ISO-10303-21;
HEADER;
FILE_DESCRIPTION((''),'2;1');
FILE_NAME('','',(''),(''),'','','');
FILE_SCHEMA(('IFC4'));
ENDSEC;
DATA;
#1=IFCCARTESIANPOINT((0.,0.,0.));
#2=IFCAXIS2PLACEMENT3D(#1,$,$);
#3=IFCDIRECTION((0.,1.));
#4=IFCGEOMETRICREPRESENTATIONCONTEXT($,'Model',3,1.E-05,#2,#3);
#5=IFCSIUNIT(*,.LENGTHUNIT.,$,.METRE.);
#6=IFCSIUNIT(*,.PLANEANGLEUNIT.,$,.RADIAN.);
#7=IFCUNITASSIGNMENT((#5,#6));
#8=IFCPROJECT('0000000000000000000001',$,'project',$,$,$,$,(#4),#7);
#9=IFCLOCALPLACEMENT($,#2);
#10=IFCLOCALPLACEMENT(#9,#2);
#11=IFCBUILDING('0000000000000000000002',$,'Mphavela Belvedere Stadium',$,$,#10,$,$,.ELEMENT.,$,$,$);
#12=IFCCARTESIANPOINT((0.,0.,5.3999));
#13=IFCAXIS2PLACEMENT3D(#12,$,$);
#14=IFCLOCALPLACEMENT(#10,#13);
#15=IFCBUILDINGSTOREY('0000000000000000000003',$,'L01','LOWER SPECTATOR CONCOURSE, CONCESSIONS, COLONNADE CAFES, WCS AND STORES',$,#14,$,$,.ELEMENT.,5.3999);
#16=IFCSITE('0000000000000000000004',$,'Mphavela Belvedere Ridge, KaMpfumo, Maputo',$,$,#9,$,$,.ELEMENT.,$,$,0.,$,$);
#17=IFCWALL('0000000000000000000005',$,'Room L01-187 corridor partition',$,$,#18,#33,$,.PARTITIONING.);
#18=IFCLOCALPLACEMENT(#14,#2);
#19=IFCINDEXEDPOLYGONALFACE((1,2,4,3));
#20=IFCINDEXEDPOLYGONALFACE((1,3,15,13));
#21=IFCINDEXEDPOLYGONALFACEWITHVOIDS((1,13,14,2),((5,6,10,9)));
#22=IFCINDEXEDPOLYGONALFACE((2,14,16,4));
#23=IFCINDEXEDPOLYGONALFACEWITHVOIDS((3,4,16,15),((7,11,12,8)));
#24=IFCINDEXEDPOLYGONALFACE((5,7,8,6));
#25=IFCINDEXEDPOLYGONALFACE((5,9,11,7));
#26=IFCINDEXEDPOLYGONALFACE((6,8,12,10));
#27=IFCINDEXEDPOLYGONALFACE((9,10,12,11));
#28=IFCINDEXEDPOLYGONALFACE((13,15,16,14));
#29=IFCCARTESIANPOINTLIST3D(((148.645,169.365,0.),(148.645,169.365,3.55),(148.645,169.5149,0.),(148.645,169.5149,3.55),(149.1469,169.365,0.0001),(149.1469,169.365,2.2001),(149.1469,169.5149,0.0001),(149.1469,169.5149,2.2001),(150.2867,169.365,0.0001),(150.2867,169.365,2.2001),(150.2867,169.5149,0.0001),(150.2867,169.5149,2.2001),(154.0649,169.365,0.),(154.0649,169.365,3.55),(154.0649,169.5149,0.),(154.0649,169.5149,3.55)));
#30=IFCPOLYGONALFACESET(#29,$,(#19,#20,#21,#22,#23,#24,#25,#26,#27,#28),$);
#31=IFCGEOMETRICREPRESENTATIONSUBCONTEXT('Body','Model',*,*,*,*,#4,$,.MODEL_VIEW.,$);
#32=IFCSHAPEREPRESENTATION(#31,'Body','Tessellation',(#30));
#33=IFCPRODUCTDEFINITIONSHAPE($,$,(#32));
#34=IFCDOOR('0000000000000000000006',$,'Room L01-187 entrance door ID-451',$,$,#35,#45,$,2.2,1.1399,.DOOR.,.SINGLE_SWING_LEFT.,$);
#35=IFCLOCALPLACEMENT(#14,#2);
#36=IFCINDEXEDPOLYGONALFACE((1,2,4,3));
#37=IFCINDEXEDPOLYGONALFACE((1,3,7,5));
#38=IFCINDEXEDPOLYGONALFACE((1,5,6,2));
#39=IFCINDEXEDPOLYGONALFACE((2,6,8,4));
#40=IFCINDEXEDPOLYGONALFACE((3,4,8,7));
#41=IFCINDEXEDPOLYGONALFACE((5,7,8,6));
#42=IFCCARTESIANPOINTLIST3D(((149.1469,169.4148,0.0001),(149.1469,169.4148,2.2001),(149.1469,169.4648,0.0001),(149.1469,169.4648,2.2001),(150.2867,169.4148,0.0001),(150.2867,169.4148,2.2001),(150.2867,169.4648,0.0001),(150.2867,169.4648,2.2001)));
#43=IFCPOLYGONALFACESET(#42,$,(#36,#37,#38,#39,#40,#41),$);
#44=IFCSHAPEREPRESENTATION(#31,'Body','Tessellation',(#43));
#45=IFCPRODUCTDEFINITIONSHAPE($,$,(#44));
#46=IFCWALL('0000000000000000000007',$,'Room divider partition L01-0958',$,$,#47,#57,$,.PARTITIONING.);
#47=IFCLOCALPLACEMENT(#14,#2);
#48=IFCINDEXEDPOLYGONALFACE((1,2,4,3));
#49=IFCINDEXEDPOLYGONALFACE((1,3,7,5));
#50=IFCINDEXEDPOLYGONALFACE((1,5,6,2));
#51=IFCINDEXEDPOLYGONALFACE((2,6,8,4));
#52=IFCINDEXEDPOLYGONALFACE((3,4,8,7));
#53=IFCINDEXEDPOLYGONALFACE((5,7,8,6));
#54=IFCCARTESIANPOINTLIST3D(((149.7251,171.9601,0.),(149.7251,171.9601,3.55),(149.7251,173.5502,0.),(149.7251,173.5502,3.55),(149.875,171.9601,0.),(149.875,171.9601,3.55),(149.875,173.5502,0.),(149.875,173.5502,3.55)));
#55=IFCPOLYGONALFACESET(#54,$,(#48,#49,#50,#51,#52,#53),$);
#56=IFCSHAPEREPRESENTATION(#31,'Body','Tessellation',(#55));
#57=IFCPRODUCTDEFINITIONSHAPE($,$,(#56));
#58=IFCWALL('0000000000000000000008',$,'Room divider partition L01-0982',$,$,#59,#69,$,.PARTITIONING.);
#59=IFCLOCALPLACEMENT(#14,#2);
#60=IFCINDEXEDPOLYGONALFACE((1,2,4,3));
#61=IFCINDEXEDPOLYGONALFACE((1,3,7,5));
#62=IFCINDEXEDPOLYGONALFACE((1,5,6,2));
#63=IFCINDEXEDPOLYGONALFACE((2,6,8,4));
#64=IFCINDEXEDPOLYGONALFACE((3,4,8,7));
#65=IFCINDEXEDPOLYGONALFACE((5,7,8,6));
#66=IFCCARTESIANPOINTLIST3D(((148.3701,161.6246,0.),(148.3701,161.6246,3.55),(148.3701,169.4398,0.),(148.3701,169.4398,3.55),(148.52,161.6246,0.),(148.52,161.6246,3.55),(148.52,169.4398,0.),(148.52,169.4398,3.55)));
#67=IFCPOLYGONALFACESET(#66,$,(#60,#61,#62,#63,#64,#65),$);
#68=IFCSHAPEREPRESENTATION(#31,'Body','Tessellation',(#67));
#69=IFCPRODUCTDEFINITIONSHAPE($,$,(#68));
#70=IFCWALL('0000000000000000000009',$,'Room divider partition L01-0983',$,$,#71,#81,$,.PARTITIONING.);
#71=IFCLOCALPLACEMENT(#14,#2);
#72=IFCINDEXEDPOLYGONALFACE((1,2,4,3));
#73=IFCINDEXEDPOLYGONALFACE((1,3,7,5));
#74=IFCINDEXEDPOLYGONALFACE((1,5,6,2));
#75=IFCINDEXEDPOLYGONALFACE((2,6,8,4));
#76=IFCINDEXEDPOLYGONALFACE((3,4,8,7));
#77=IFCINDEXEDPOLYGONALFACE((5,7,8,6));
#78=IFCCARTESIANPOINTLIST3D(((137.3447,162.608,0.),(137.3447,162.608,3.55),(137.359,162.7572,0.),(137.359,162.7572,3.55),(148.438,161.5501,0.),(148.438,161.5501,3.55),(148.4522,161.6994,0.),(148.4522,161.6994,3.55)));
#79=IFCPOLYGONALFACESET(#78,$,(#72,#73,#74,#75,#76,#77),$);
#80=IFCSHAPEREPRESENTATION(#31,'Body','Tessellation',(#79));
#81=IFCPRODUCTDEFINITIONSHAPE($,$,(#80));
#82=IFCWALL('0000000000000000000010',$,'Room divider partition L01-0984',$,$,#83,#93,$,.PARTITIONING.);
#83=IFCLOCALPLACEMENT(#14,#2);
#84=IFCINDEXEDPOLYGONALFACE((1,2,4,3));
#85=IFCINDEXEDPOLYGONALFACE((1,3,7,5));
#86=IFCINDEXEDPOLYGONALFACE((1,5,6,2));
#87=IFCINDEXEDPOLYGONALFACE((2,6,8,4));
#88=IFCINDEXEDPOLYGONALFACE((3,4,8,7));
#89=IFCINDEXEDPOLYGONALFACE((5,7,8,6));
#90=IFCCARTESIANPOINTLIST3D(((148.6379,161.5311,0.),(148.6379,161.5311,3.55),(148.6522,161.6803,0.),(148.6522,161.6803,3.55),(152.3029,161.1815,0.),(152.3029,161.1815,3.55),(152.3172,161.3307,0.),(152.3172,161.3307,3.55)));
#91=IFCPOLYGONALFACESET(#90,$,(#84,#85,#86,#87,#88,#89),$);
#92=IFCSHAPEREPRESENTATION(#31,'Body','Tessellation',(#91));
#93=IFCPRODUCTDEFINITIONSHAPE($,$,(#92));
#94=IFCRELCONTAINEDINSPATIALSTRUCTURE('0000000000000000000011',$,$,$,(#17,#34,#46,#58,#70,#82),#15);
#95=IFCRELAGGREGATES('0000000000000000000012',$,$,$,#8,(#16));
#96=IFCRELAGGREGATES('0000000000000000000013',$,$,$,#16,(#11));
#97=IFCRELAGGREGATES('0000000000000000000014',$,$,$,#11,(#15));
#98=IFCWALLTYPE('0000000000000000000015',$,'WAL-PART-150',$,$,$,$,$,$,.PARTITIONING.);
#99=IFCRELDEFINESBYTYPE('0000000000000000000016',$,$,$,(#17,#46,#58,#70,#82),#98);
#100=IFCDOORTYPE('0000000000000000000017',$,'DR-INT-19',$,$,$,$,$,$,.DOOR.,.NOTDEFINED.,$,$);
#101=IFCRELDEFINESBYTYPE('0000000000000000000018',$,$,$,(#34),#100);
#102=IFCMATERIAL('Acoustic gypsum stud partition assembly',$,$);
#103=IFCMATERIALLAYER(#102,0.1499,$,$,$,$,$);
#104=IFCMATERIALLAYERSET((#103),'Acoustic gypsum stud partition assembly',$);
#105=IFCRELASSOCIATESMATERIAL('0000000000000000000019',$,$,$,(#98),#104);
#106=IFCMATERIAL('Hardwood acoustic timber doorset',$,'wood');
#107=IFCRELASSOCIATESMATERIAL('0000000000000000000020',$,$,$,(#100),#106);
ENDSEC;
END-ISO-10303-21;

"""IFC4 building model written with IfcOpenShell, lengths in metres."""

from ifc_helpers import new_model, si_unit, direction, frame, frame_2d, origin, place, context, subcontext, project, spatial, rectangle, extrude, material, layer, layer_set, type_object, element, fill, save


model = new_model("IFC4")

# Units and contexts
model_context = context("Model", 3, precision=1e-05, world=origin(), true_north=direction((0.0, 1.0)))
body_context = subcontext(model_context, "Body", "Model", "MODEL_VIEW")
ifc_project = project(units=[si_unit("LENGTHUNIT", "METRE"), si_unit("PLANEANGLEUNIT", "RADIAN")], contexts=[model_context])

# Site, building, storey
site_placement = place(None, origin())
site = spatial("IfcSite", under=ifc_project, at=site_placement, Name="Mphavela Belvedere Ridge, KaMpfumo, Maputo", CompositionType="ELEMENT", RefElevation=0.0)
building_placement = place(site_placement, origin())
building = spatial("IfcBuilding", under=site, at=building_placement, Name="Mphavela Belvedere Stadium", CompositionType="ELEMENT")
storey_placement = place(building_placement, frame((0.0, 0.0, 5.3999)))
storey = spatial("IfcBuildingStorey", under=building, at=storey_placement, Name="L01", Description="LOWER SPECTATOR CONCOURSE, CONCESSIONS, COLONNADE CAFES, WCS AND STORES", CompositionType="ELEMENT", Elevation=5.3999)

# Wall, opening, door
ifc_material_1 = material(Name="Acoustic gypsum stud partition assembly")
ifc_layer_1 = layer(ifc_material_1, 0.1499)
ifc_layer_set_1 = layer_set([ifc_layer_1], Name="Acoustic gypsum stud partition assembly")
wall_type_1 = type_object("IfcWallType", Name="WAL-PART-150", PredefinedType="PARTITIONING", material=ifc_layer_set_1)
wall_1_placement = place(storey_placement, frame((148.645, 169.4399, 0.0), z_axis=(0.0, 0.0, 1.0), x_axis=(1.0, 0.0, 0.0)))
wall_1 = element("IfcWall", 1, at=wall_1_placement, inside=storey, type_object=wall_type_1, Name="Room L01-187 corridor partition", PredefinedType="PARTITIONING", context=body_context, shape_type="SweptSolid", body=[
    extrude(rectangle(XDim=5.4199, YDim=0.1499, at=frame_2d((2.71, 0.0))), origin(), (0.0, 0.0, 1.0), 3.55),
])
opening_1_placement = place(wall_1_placement, frame((0.502, 0.0, 0.0)))
opening_1 = element("IfcOpeningElement", 2, at=opening_1_placement, cuts=wall_1, PredefinedType="OPENING", context=body_context, shape_type="SweptSolid", body=[
    extrude(rectangle(XDim=1.1399, YDim=2.2, at=frame_2d((0.5698, 1.1001))), frame((0.0, 0.085, 0.0), z_axis=(0.0, -1.0, 0.0), x_axis=(1.0, 0.0, 0.0)), (0.0, 0.0, 1.0), 0.1699),
])
ifc_material_2 = material(Name="Hardwood acoustic timber doorset", Category="wood")
door_type_1 = type_object("IfcDoorType", Name="DR-INT-19", OperationType="NOTDEFINED", PredefinedType="DOOR", material=ifc_material_2)
door_1_placement = place(opening_1_placement, origin())
door_1 = element("IfcDoor", 3, at=door_1_placement, inside=storey, type_object=door_type_1, Name="Room L01-187 entrance door ID-451", OperationType="SINGLE_SWING_LEFT", OverallHeight=2.2, OverallWidth=1.1399, PredefinedType="DOOR", context=body_context, shape_type="SweptSolid", body=[
    extrude(rectangle(XDim=1.1399, YDim=2.2, at=frame_2d((0.5698, 1.1001))), frame((0.0, 0.0249, 0.0), z_axis=(0.0, -1.0, 0.0), x_axis=(1.0, 0.0, 0.0)), (0.0, 0.0, 1.0), 0.05),
])
fill(opening_1, door_1)

# Walls
wall_2_placement = place(storey_placement, frame((149.8, 173.55, 0.0), z_axis=(0.0, 0.0, 1.0), x_axis=(0.0, -1.0, 0.0)))
element("IfcWall", 4, at=wall_2_placement, inside=storey, type_object=wall_type_1, Name="Room divider partition L01-0958", PredefinedType="PARTITIONING", context=body_context, shape_type="SweptSolid", body=[
    extrude(rectangle(XDim=1.5901, YDim=0.1499, at=frame_2d((0.7949, 0.0))), origin(), (0.0, 0.0, 1.0), 3.55),
])
wall_3_placement = place(storey_placement, frame((148.4451, 169.4399, 0.0), z_axis=(0.0, 0.0, 1.0), x_axis=(0.0, -1.0, 0.0)))
element("IfcWall", 5, at=wall_3_placement, inside=storey, type_object=wall_type_1, Name="Room divider partition L01-0982", PredefinedType="PARTITIONING", context=body_context, shape_type="SweptSolid", body=[
    extrude(rectangle(XDim=7.8152, YDim=0.1499, at=frame_2d((3.9077, 0.0))), origin(), (0.0, 0.0, 1.0), 3.55),
])
wall_4_placement = place(storey_placement, frame((148.4451, 161.6248, 0.0), z_axis=(0.0, 0.0, 1.0), x_axis=(-0.995484, 0.09493, 0.0)))
element("IfcWall", 6, at=wall_4_placement, inside=storey, type_object=wall_type_1, Name="Room divider partition L01-0983", PredefinedType="PARTITIONING", context=body_context, shape_type="SweptSolid", body=[
    extrude(rectangle(XDim=11.1436, YDim=0.1499, at=frame_2d((5.5718, 0.0))), origin(), (0.0, 0.0, 1.0), 3.55),
])
wall_5_placement = place(storey_placement, frame((152.3101, 161.2561, 0.0), z_axis=(0.0, 0.0, 1.0), x_axis=(-0.995481, 0.094959, 0.0)))
element("IfcWall", 7, at=wall_5_placement, inside=storey, type_object=wall_type_1, Name="Room divider partition L01-0984", PredefinedType="PARTITIONING", context=body_context, shape_type="SweptSolid", body=[
    extrude(rectangle(XDim=3.6816, YDim=0.1499, at=frame_2d((1.8408, 0.0))), origin(), (0.0, 0.0, 1.0), 3.55),
])

save(model, "model.ifc")
